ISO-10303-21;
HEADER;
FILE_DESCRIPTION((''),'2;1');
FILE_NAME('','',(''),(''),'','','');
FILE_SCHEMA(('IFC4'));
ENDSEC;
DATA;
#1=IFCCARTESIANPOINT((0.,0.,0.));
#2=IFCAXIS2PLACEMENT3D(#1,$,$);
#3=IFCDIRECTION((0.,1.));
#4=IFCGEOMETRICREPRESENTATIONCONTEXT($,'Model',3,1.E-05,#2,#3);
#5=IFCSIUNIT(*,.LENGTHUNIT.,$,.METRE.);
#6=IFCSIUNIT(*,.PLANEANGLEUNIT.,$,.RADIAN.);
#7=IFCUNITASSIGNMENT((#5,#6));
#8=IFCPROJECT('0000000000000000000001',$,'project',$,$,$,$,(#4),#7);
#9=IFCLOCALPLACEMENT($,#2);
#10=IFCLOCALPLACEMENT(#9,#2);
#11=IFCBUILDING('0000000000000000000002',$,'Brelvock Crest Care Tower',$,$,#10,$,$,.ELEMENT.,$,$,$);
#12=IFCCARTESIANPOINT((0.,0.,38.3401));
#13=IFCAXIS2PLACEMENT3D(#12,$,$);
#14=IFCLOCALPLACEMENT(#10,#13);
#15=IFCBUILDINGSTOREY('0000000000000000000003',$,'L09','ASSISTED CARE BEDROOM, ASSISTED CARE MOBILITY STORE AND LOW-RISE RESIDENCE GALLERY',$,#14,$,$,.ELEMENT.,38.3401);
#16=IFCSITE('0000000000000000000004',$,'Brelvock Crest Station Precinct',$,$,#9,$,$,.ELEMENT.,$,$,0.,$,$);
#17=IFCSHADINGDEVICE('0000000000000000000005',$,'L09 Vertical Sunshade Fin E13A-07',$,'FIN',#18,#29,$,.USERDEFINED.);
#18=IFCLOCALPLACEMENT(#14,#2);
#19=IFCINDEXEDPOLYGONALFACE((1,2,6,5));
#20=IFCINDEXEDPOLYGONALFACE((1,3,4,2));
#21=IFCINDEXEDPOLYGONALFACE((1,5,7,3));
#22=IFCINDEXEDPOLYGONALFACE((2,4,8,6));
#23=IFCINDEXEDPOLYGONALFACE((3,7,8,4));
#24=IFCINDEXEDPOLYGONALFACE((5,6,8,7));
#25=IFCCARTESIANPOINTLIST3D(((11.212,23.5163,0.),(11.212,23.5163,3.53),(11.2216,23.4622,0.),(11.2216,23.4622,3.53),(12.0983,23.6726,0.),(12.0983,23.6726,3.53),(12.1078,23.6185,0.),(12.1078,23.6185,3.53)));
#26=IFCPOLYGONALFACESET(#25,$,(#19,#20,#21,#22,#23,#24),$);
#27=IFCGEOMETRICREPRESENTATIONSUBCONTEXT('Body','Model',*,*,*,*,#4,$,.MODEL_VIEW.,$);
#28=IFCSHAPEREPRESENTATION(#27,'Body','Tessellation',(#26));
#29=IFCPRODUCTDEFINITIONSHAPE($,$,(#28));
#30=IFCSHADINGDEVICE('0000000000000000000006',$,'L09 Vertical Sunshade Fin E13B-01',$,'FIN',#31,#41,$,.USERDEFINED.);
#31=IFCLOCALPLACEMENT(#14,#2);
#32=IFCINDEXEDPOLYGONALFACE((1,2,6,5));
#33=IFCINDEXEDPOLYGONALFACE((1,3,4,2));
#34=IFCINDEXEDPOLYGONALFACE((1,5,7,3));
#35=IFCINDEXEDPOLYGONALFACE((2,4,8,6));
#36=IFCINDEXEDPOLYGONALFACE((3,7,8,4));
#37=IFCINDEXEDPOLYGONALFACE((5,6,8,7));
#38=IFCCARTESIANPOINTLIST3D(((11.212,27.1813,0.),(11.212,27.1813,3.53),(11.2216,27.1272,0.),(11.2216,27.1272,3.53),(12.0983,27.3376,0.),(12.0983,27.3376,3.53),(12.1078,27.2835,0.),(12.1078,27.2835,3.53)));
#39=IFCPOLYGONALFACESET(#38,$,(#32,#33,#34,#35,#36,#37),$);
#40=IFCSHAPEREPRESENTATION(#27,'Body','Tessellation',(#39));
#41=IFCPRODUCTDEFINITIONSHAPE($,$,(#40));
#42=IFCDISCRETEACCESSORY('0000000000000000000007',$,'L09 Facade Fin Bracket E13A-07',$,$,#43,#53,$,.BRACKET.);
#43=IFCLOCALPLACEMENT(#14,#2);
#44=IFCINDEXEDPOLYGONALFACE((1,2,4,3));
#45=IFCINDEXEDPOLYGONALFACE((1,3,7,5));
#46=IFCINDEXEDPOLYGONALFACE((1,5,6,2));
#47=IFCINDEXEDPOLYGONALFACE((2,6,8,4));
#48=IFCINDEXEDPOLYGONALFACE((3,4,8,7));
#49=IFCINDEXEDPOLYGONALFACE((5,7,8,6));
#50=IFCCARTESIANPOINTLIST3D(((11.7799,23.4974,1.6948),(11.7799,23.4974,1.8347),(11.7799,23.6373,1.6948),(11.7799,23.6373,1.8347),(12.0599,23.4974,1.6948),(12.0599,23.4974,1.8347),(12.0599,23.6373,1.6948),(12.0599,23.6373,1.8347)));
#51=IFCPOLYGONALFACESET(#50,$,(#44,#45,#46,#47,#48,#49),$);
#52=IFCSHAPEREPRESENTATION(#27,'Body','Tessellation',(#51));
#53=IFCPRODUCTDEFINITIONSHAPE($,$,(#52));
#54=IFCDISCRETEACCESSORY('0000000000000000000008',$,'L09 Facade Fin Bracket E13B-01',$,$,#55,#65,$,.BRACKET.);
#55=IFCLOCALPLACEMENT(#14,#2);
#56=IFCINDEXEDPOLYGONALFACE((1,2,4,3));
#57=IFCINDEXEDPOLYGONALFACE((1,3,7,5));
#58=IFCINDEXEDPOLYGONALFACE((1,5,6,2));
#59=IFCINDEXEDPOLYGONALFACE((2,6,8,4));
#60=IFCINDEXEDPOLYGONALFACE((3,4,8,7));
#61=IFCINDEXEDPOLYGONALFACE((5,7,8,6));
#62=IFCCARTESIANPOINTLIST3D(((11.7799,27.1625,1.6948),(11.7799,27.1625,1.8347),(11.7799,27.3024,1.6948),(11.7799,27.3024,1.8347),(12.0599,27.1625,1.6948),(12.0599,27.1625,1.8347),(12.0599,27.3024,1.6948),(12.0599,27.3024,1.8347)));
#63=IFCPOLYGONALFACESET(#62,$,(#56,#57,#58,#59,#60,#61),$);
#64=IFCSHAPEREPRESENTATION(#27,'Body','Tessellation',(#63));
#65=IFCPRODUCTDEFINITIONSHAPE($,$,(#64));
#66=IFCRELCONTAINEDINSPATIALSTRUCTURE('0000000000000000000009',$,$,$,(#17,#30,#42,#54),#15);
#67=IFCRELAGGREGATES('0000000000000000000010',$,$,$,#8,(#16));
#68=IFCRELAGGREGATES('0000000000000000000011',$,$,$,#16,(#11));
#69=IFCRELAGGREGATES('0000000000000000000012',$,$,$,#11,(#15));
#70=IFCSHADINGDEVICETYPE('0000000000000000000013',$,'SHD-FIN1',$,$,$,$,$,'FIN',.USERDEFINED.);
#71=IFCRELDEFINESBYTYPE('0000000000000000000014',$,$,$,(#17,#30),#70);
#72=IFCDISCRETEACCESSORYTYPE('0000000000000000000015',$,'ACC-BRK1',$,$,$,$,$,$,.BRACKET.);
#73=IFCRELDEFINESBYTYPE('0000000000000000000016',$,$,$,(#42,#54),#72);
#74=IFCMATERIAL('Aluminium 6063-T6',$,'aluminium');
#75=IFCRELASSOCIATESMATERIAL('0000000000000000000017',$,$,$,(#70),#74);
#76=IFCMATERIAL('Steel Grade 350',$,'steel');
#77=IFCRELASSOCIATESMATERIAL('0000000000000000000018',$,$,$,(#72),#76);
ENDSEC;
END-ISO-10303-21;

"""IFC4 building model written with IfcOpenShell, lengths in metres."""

from ifc_helpers import new_model, si_unit, direction, frame, origin, origin_2d, place, context, subcontext, project, spatial, rectangle, extrude, source, transform, mapped, material, material_profile, profile_set, type_object, element, save


model = new_model("IFC4")

# Units and contexts
model_context = context("Model", 3, precision=1e-05, world=origin(), true_north=direction((0.0, 1.0)))
body_context = subcontext(model_context, "Body", "Model", "MODEL_VIEW")
ifc_project = project(units=[si_unit("LENGTHUNIT", "METRE"), si_unit("PLANEANGLEUNIT", "RADIAN")], contexts=[model_context])

# Site, building, storey
site_placement = place(None, origin())
site = spatial("IfcSite", under=ifc_project, at=site_placement, Name="Brelvock Crest Station Precinct", CompositionType="ELEMENT", RefElevation=0.0)
building_placement = place(site_placement, origin())
building = spatial("IfcBuilding", under=site, at=building_placement, Name="Brelvock Crest Care Tower", CompositionType="ELEMENT")
storey_placement = place(building_placement, frame((0.0, 0.0, 38.3401)))
storey = spatial("IfcBuildingStorey", under=building, at=storey_placement, Name="L09", Description="ASSISTED CARE BEDROOM, ASSISTED CARE MOBILITY STORE AND LOW-RISE RESIDENCE GALLERY", CompositionType="ELEMENT", Elevation=38.3401)

# Shared definitions
ifc_material_1 = material(Name="Steel Grade 350", Category="steel")

# Shared definitions
ifc_material_2 = material(Name="Aluminium 6063-T6", Category="aluminium")

# Shading devices
ifc_material_profile_1 = material_profile(ifc_material_2, rectangle(XDim=0.0549, YDim=0.8999, at=origin_2d()), Name="FIN55x900")
ifc_profile_set_1 = profile_set([ifc_material_profile_1], Name="Aluminium 6063-T6")
shading_device_type = type_object("IfcShadingDeviceType", Name="SHD-FIN1", ElementType="FIN", PredefinedType="USERDEFINED", material=ifc_profile_set_1)
shared_shape_1 = source(origin(), body_context, "Body", "SweptSolid", [
    extrude(rectangle(XDim=0.0549, YDim=0.8999, at=origin_2d()), origin(), (0.0, 0.0, 1.0), 3.53),
])
for number, where, z_axis, x_axis, name in (
    (1, (11.6599, 23.5674, 0.0), (0.0, 0.0, 1.0), (-0.173648, 0.984808, 0.0), "L09 Vertical Sunshade Fin E13A-07"),
    (2, (11.6599, 27.2324, 0.0), (0.0, 0.0, 1.0), (-0.173648, 0.984808, 0.0), "L09 Vertical Sunshade Fin E13B-01"),
):
    element("IfcShadingDevice", number, at=place(storey_placement, frame(where, z_axis=z_axis, x_axis=x_axis)), inside=storey, type_object=shading_device_type, Name=name, ObjectType="FIN", PredefinedType="USERDEFINED", context=body_context, shape_type="MappedRepresentation", body=[
        mapped(shared_shape_1, transform((0.0, 0.0, 0.0), x_axis=(1.0, 0.0, 0.0), y_axis=(0.0, 1.0, 0.0), z_axis=(0.0, 0.0, 1.0), scale=1.0)),
    ])

# Discrete accessories
discrete_accessory_type = type_object("IfcDiscreteAccessoryType", Name="ACC-BRK1", PredefinedType="BRACKET", material=ifc_material_1)
shared_shape_2 = source(origin(), body_context, "Body", "SweptSolid", [
    extrude(rectangle(XDim=0.28, YDim=0.1399, at=origin_2d()), origin(), (0.0, 0.0, 1.0), 0.1399),
])
for number, where, z_axis, x_axis, name in (
    (3, (11.9199, 23.5674, 1.6948), (0.0, 0.0, 1.0), (-1.0, 0.0, 0.0), "L09 Facade Fin Bracket E13A-07"),
    (4, (11.9199, 27.2324, 1.6948), (0.0, 0.0, 1.0), (-1.0, 0.0, 0.0), "L09 Facade Fin Bracket E13B-01"),
):
    element("IfcDiscreteAccessory", number, at=place(storey_placement, frame(where, z_axis=z_axis, x_axis=x_axis)), inside=storey, type_object=discrete_accessory_type, Name=name, PredefinedType="BRACKET", context=body_context, shape_type="MappedRepresentation", body=[
        mapped(shared_shape_2, transform((0.0, 0.0, 0.0), x_axis=(1.0, 0.0, 0.0), y_axis=(0.0, 1.0, 0.0), z_axis=(0.0, 0.0, 1.0), scale=1.0)),
    ])

save(model, "model.ifc")
